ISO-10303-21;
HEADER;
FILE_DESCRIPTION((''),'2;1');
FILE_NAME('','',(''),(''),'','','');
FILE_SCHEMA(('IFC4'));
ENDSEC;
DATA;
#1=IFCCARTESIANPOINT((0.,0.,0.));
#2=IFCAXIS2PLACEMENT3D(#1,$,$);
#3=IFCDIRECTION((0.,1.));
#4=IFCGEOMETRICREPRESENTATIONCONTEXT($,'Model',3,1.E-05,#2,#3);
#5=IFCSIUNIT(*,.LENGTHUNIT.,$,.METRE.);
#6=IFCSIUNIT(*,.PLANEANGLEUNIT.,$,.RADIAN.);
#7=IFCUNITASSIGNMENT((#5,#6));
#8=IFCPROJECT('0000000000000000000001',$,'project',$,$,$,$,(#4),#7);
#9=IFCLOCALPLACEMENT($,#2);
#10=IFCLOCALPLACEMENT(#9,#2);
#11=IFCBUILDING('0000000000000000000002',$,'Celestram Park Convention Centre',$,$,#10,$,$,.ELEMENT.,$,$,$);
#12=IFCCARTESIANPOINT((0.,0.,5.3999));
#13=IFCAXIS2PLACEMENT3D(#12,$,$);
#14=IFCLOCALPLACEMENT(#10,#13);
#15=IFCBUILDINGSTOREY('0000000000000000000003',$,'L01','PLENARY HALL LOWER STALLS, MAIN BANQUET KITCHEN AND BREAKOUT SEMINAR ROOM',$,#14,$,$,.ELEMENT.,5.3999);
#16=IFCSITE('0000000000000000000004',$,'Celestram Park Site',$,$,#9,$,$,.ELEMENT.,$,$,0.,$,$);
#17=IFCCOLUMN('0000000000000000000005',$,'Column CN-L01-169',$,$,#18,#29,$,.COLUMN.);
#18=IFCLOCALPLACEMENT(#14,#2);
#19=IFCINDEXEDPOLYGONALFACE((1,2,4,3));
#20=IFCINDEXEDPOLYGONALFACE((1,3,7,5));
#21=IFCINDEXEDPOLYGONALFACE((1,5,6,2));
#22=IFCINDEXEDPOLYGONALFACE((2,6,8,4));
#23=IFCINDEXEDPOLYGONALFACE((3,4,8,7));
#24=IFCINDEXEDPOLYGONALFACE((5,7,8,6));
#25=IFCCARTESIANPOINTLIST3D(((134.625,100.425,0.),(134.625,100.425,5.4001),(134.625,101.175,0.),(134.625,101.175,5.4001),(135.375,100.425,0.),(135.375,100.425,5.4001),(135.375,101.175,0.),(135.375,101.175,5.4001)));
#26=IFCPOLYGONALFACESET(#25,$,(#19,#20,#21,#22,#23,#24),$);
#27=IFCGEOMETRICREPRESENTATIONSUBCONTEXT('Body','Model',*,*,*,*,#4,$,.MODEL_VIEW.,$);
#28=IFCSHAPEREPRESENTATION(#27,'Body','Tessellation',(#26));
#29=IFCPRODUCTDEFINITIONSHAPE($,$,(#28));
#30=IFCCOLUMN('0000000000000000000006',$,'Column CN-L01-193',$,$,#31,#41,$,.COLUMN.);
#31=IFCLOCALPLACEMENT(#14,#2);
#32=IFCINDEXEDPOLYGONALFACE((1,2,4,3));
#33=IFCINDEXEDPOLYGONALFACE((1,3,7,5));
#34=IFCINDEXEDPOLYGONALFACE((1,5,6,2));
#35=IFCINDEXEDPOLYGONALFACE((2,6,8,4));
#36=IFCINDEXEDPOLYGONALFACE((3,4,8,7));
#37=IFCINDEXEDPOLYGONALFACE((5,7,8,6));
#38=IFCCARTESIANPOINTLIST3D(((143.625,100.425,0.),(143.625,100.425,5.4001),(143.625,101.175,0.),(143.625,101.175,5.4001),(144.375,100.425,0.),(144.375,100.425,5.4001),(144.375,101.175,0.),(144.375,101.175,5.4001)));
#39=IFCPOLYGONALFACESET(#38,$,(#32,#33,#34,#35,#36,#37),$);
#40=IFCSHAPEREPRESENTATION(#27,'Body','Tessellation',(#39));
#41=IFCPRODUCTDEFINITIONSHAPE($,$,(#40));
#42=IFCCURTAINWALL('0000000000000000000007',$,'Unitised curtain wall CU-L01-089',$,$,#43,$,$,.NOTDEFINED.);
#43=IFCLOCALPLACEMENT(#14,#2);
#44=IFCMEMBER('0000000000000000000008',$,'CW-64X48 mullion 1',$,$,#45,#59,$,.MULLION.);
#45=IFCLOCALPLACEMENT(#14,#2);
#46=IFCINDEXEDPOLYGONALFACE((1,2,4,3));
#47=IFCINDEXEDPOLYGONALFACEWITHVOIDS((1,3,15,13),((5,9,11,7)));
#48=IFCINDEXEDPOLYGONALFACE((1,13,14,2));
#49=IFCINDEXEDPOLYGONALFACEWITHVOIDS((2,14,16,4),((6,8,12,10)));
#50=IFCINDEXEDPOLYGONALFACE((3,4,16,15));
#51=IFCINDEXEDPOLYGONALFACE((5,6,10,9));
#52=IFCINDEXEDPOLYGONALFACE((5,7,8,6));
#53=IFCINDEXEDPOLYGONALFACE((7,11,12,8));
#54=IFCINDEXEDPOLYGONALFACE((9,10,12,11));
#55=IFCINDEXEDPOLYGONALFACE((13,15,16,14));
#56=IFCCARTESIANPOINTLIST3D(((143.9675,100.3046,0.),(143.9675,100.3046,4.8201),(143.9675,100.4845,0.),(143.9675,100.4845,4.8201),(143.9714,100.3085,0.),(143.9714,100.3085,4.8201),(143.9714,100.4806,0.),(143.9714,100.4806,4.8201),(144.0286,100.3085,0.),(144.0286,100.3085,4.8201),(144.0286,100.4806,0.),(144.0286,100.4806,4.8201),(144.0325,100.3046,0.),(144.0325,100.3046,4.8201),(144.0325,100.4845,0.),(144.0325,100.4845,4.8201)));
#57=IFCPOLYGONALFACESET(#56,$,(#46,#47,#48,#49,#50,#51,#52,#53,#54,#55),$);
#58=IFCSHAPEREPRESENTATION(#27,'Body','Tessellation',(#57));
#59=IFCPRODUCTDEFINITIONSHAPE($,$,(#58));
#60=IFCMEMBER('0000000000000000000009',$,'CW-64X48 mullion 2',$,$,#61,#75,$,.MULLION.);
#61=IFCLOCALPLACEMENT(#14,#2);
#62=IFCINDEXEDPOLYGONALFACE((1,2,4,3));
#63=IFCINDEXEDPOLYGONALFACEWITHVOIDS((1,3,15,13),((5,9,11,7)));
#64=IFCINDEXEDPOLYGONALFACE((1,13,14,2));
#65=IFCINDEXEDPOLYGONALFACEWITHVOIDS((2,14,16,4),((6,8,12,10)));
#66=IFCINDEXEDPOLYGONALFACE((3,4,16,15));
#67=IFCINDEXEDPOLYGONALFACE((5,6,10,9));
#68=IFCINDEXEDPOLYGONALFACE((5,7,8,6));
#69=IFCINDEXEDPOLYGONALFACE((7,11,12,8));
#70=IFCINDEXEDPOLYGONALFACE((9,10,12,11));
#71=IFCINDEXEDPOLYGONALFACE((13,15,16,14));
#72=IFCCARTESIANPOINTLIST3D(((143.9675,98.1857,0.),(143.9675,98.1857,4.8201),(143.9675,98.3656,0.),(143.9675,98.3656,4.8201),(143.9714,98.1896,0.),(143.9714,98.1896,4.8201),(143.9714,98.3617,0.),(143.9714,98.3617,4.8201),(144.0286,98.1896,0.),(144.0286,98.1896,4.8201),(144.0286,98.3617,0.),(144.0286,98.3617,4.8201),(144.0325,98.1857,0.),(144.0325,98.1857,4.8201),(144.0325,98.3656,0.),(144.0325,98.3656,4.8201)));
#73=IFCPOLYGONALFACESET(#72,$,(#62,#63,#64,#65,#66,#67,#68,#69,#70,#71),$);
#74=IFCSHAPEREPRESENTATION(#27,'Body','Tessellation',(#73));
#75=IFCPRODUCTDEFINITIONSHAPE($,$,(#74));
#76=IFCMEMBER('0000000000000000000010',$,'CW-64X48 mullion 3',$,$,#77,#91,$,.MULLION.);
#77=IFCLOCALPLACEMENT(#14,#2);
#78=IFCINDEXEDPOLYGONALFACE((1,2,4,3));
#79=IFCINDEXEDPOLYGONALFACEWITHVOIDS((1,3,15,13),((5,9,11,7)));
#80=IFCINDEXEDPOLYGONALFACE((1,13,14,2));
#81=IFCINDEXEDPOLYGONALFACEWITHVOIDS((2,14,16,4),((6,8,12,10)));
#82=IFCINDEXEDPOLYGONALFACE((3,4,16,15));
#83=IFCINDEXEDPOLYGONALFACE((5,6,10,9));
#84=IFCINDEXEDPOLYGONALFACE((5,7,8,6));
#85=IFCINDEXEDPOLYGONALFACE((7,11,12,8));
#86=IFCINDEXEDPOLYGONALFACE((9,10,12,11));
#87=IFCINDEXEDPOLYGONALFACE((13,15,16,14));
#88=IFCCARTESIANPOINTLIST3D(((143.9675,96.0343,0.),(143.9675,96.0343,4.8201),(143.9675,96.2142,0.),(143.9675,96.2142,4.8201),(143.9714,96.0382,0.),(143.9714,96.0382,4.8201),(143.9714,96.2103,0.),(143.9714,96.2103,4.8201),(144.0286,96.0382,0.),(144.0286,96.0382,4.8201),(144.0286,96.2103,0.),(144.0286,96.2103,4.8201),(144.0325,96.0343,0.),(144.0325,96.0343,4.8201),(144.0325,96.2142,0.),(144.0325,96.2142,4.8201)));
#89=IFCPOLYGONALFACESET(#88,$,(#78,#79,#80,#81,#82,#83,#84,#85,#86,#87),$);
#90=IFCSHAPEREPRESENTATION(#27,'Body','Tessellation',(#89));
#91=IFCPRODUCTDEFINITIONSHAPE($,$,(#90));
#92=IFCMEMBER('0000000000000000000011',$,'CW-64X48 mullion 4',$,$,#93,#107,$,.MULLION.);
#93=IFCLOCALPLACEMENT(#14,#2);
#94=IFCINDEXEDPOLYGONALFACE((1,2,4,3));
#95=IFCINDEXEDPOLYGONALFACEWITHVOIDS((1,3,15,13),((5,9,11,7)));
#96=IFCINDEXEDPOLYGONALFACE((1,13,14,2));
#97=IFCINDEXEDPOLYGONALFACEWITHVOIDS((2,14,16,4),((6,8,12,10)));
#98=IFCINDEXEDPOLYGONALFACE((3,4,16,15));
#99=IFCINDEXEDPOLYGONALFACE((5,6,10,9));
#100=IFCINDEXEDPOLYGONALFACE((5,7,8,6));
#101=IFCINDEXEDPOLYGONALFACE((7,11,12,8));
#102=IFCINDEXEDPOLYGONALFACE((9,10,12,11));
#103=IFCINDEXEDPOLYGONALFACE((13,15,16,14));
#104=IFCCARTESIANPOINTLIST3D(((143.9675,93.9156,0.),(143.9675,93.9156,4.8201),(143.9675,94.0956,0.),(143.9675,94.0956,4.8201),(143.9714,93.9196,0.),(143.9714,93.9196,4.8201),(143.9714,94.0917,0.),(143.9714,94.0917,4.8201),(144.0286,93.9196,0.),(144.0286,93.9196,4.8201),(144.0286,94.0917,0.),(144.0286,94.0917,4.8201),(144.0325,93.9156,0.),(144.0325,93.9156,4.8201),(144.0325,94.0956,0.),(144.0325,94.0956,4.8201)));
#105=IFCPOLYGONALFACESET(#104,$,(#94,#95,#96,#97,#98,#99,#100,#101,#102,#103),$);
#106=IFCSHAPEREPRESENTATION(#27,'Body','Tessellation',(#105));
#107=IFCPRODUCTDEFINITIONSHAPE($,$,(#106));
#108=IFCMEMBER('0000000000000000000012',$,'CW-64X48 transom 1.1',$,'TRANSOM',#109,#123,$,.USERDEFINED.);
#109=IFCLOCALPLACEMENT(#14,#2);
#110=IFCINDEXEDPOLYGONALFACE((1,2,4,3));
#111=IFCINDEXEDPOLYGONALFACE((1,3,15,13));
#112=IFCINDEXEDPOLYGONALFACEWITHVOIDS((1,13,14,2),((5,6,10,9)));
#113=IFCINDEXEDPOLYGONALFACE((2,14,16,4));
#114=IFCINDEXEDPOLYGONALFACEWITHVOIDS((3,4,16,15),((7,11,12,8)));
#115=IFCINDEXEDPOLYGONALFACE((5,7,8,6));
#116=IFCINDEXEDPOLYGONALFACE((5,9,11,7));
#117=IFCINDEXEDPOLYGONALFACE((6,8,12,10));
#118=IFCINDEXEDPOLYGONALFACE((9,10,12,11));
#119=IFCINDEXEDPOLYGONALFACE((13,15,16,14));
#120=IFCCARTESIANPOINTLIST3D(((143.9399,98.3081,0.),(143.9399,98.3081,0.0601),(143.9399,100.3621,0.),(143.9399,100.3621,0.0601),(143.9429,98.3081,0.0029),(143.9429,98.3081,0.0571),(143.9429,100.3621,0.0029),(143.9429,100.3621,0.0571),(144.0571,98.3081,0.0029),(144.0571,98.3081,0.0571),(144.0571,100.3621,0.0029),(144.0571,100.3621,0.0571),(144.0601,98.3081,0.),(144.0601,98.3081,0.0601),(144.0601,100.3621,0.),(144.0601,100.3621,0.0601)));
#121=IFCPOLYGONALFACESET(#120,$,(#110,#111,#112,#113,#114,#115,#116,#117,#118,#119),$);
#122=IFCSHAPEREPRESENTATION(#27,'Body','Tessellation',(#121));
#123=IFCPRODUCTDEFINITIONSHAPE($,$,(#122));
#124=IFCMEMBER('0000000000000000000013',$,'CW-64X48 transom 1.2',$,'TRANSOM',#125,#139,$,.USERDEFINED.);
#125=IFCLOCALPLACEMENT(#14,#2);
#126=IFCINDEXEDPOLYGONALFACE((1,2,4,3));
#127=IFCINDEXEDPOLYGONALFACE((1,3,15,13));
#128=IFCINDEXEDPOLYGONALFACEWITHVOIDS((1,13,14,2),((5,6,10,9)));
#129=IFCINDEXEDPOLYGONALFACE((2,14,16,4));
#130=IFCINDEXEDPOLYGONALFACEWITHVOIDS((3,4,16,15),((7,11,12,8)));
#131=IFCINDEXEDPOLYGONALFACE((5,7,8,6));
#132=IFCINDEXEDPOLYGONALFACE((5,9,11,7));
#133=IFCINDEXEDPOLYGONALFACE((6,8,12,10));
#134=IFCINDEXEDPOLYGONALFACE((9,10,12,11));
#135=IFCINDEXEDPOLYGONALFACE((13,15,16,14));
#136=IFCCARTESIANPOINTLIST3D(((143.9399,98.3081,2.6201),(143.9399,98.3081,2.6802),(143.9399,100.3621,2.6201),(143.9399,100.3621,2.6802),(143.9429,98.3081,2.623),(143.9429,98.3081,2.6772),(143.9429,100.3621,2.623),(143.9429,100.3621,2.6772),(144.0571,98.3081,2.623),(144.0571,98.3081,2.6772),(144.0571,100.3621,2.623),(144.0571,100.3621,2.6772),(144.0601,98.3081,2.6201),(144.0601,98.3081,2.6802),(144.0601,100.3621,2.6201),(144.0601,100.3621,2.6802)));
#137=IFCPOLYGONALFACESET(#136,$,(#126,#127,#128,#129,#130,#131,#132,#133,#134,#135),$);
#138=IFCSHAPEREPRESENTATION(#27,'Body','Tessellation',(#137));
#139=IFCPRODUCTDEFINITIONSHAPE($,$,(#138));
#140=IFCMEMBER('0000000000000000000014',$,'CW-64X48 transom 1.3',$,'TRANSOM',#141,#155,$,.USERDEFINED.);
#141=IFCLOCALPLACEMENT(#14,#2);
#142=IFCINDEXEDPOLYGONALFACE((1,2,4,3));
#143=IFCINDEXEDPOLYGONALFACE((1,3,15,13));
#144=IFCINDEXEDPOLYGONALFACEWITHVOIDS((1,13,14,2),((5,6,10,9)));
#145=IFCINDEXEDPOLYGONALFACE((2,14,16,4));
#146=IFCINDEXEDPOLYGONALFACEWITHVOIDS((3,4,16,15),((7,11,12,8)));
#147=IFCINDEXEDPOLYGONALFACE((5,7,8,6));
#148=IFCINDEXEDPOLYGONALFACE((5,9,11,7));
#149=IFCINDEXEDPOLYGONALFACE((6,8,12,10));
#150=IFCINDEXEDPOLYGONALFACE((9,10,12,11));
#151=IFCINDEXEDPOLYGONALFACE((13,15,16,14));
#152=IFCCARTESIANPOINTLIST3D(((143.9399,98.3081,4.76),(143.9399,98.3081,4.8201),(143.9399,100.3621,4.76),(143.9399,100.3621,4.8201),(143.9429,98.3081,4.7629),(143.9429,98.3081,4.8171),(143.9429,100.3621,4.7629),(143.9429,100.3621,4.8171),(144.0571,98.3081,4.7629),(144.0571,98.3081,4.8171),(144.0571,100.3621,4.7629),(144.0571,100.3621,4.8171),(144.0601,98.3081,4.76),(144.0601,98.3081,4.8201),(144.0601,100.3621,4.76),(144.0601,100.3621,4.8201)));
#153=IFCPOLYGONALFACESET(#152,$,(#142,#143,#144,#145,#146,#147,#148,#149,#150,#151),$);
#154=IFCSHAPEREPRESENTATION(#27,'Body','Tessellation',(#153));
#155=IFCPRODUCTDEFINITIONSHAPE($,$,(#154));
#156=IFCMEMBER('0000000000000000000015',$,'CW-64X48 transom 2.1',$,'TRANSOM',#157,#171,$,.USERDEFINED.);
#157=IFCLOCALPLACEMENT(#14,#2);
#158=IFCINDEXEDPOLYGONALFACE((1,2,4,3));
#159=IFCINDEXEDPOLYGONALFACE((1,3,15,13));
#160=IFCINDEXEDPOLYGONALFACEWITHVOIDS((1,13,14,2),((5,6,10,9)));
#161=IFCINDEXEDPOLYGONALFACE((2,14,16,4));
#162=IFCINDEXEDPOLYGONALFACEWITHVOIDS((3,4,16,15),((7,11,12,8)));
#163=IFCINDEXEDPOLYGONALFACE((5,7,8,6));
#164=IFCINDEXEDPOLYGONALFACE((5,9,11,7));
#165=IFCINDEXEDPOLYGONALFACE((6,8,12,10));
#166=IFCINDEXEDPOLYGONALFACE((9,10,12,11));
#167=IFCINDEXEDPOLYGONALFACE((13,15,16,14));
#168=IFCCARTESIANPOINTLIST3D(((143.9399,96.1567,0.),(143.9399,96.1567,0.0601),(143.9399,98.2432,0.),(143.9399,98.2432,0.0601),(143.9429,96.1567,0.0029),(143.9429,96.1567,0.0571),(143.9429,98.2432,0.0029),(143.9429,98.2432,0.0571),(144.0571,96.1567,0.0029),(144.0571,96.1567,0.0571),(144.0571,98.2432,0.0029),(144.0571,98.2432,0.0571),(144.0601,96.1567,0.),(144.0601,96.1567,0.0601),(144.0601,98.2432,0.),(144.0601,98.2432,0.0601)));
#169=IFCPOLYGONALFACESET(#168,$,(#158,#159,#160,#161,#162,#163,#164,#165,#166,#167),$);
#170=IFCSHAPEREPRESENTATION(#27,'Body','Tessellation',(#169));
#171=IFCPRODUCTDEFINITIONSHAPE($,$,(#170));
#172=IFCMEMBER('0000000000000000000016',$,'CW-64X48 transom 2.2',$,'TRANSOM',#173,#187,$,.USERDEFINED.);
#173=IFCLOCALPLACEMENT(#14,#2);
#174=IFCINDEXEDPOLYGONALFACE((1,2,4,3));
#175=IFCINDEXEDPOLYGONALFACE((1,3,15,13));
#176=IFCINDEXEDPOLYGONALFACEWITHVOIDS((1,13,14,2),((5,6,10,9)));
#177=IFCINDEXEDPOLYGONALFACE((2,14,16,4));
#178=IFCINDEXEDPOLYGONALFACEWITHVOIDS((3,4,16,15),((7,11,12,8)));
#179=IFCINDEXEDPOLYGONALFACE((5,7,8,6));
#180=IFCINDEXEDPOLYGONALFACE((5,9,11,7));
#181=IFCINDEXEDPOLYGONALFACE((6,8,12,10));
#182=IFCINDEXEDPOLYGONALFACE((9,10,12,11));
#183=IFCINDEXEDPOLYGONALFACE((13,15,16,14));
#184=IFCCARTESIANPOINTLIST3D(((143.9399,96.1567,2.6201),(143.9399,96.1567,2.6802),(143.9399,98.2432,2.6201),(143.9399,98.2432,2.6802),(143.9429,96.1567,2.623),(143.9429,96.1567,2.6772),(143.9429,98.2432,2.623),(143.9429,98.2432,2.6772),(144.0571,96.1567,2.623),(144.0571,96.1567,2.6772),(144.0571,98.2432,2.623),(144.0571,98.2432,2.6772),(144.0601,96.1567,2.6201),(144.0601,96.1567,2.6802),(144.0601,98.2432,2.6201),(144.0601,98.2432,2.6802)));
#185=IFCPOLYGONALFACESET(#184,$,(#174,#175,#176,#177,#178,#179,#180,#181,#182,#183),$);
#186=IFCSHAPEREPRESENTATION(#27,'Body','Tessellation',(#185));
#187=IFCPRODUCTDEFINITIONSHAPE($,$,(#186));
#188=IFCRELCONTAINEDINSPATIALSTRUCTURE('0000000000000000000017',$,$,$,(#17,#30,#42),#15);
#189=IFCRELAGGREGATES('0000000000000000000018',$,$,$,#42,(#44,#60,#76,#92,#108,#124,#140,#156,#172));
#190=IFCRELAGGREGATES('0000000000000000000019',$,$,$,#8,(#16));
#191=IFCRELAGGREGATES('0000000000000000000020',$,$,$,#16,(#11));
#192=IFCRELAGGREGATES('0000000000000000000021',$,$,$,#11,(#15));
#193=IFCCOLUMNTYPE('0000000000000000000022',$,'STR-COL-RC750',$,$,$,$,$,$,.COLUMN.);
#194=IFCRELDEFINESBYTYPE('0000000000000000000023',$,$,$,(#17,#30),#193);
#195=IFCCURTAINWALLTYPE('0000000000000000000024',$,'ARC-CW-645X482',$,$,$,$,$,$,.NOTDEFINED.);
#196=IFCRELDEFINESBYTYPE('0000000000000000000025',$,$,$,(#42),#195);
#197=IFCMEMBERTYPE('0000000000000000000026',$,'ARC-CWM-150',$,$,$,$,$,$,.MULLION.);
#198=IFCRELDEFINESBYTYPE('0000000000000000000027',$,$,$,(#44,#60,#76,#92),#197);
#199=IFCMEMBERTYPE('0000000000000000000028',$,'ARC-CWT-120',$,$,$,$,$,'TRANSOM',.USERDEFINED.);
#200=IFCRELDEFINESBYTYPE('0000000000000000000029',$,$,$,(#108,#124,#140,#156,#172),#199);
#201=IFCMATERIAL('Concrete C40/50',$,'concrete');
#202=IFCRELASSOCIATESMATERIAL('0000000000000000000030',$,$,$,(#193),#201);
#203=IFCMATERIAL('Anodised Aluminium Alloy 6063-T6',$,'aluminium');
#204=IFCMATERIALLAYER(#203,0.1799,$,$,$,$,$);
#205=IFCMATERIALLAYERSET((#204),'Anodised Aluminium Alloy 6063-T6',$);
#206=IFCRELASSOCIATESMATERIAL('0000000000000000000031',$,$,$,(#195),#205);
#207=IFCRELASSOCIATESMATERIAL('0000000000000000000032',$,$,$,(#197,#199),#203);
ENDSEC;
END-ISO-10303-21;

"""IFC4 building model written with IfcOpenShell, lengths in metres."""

from ifc_helpers import new_model, si_unit, direction, frame, origin, origin_2d, place, context, subcontext, project, spatial, rectangle, hollow_rectangle, extrude, material, layer, layer_set, material_profile, profile_set, type_object, element, aggregate, save


model = new_model("IFC4")

# Units and contexts
model_context = context("Model", 3, precision=1e-05, world=origin(), true_north=direction((0.0, 1.0)))
body_context = subcontext(model_context, "Body", "Model", "MODEL_VIEW")
ifc_project = project(units=[si_unit("LENGTHUNIT", "METRE"), si_unit("PLANEANGLEUNIT", "RADIAN")], contexts=[model_context])

# Site, building, storey
site_placement = place(None, origin())
site = spatial("IfcSite", under=ifc_project, at=site_placement, Name="Celestram Park Site", CompositionType="ELEMENT", RefElevation=0.0)
building_placement = place(site_placement, origin())
building = spatial("IfcBuilding", under=site, at=building_placement, Name="Celestram Park Convention Centre", CompositionType="ELEMENT")
storey_placement = place(building_placement, frame((0.0, 0.0, 5.3999)))
storey = spatial("IfcBuildingStorey", under=building, at=storey_placement, Name="L01", Description="PLENARY HALL LOWER STALLS, MAIN BANQUET KITCHEN AND BREAKOUT SEMINAR ROOM", CompositionType="ELEMENT", Elevation=5.3999)

# Columns
ifc_material_1 = material(Name="Concrete C40/50", Category="concrete")
ifc_material_profile_1 = material_profile(ifc_material_1, rectangle(XDim=0.75, YDim=0.75, at=origin_2d()), Name="RC750X750")
ifc_profile_set_1 = profile_set([ifc_material_profile_1], Name="Concrete C40/50")
column_type = type_object("IfcColumnType", Name="STR-COL-RC750", PredefinedType="COLUMN", material=ifc_profile_set_1)
for number, where, z_axis, x_axis, name in (
    (1, (135.0, 100.8, 0.0), (0.0, 0.0, 1.0), (1.0, 0.0, 0.0), "Column CN-L01-169"),
    (2, (144.0, 100.8, 0.0), (0.0, 0.0, 1.0), (1.0, 0.0, 0.0), "Column CN-L01-193"),
):
    element("IfcColumn", number, at=place(storey_placement, frame(where, z_axis=z_axis, x_axis=x_axis)), inside=storey, type_object=column_type, Name=name, PredefinedType="COLUMN", context=body_context, shape_type="SweptSolid", body=[
        extrude(rectangle(XDim=0.75, YDim=0.75, at=origin_2d()), origin(), (0.0, 0.0, 1.0), 5.4001),
    ])

# Curtain wall, members
ifc_material_2 = material(Name="Anodised Aluminium Alloy 6063-T6", Category="aluminium")
ifc_layer_1 = layer(ifc_material_2, 0.1799)
ifc_layer_set_1 = layer_set([ifc_layer_1], Name="Anodised Aluminium Alloy 6063-T6")
curtain_wall_type = type_object("IfcCurtainWallType", Name="ARC-CW-645X482", PredefinedType="NOTDEFINED", material=ifc_layer_set_1)
curtain_wall_placement = place(storey_placement, origin())
curtain_wall = element("IfcCurtainWall", 3, at=curtain_wall_placement, inside=storey, type_object=curtain_wall_type, Name="Unitised curtain wall CU-L01-089", PredefinedType="NOTDEFINED")
ifc_material_profile_2 = material_profile(ifc_material_2, hollow_rectangle(XDim=0.0649, YDim=0.1799, WallThickness=0.0039, at=origin_2d()), Name="ALU65X180X4")
ifc_profile_set_2 = profile_set([ifc_material_profile_2], Name="Anodised Aluminium Alloy 6063-T6")
member_type_1 = type_object("IfcMemberType", Name="ARC-CWM-150", PredefinedType="MULLION", material=ifc_profile_set_2)
member_1_placement = place(storey_placement, frame((144.0, 100.3945, 0.0), z_axis=(0.0, 0.0, 1.0), x_axis=(1.0, 0.0, 0.0)))
member_1 = element("IfcMember", 4, at=member_1_placement, type_object=member_type_1, Name="CW-64X48 mullion 1", PredefinedType="MULLION", context=body_context, shape_type="SweptSolid", body=[
    extrude(hollow_rectangle(XDim=0.0649, YDim=0.1799, WallThickness=0.0039, at=origin_2d()), origin(), (0.0, 0.0, 1.0), 4.8201),
])
member_2_placement = place(storey_placement, frame((144.0, 98.2756, 0.0), z_axis=(0.0, 0.0, 1.0), x_axis=(1.0, 0.0, 0.0)))
member_2 = element("IfcMember", 5, at=member_2_placement, type_object=member_type_1, Name="CW-64X48 mullion 2", PredefinedType="MULLION", context=body_context, shape_type="SweptSolid", body=[
    extrude(hollow_rectangle(XDim=0.0649, YDim=0.1799, WallThickness=0.0039, at=origin_2d()), origin(), (0.0, 0.0, 1.0), 4.8201),
])
member_3_placement = place(storey_placement, frame((144.0, 96.1243, 0.0), z_axis=(0.0, 0.0, 1.0), x_axis=(1.0, 0.0, 0.0)))
member_3 = element("IfcMember", 6, at=member_3_placement, type_object=member_type_1, Name="CW-64X48 mullion 3", PredefinedType="MULLION", context=body_context, shape_type="SweptSolid", body=[
    extrude(hollow_rectangle(XDim=0.0649, YDim=0.1799, WallThickness=0.0039, at=origin_2d()), origin(), (0.0, 0.0, 1.0), 4.8201),
])
member_4_placement = place(storey_placement, frame((144.0, 94.0056, 0.0), z_axis=(0.0, 0.0, 1.0), x_axis=(1.0, 0.0, 0.0)))
member_4 = element("IfcMember", 7, at=member_4_placement, type_object=member_type_1, Name="CW-64X48 mullion 4", PredefinedType="MULLION", context=body_context, shape_type="SweptSolid", body=[
    extrude(hollow_rectangle(XDim=0.0649, YDim=0.1799, WallThickness=0.0039, at=origin_2d()), origin(), (0.0, 0.0, 1.0), 4.8201),
])
ifc_material_profile_3 = material_profile(ifc_material_2, hollow_rectangle(XDim=0.1201, YDim=0.0601, WallThickness=0.0029, at=origin_2d()), Name="ALU120X60X3")
ifc_profile_set_3 = profile_set([ifc_material_profile_3], Name="Anodised Aluminium Alloy 6063-T6")
member_type_2 = type_object("IfcMemberType", Name="ARC-CWT-120", ElementType="TRANSOM", PredefinedType="USERDEFINED", material=ifc_profile_set_3)
member_5_placement = place(storey_placement, frame((144.0, 100.3621, 0.03), z_axis=(0.0, -1.0, 0.0), x_axis=(1.0, 0.0, 0.0)))
member_5 = element("IfcMember", 8, at=member_5_placement, type_object=member_type_2, Name="CW-64X48 transom 1.1", ObjectType="TRANSOM", PredefinedType="USERDEFINED", context=body_context, shape_type="SweptSolid", body=[
    extrude(hollow_rectangle(XDim=0.1201, YDim=0.0601, WallThickness=0.0029, at=origin_2d()), origin(), (0.0, 0.0, 1.0), 2.054),
])
member_6_placement = place(storey_placement, frame((144.0, 100.3621, 2.6501), z_axis=(0.0, -1.0, 0.0), x_axis=(1.0, 0.0, 0.0)))
member_6 = element("IfcMember", 9, at=member_6_placement, type_object=member_type_2, Name="CW-64X48 transom 1.2", ObjectType="TRANSOM", PredefinedType="USERDEFINED", context=body_context, shape_type="SweptSolid", body=[
    extrude(hollow_rectangle(XDim=0.1201, YDim=0.0601, WallThickness=0.0029, at=origin_2d()), origin(), (0.0, 0.0, 1.0), 2.054),
])
member_7_placement = place(storey_placement, frame((144.0, 100.3621, 4.79), z_axis=(0.0, -1.0, 0.0), x_axis=(1.0, 0.0, 0.0)))
member_7 = element("IfcMember", 10, at=member_7_placement, type_object=member_type_2, Name="CW-64X48 transom 1.3", ObjectType="TRANSOM", PredefinedType="USERDEFINED", context=body_context, shape_type="SweptSolid", body=[
    extrude(hollow_rectangle(XDim=0.1201, YDim=0.0601, WallThickness=0.0029, at=origin_2d()), origin(), (0.0, 0.0, 1.0), 2.054),
])
member_8_placement = place(storey_placement, frame((144.0, 98.2432, 0.03), z_axis=(0.0, -1.0, 0.0), x_axis=(1.0, 0.0, 0.0)))
member_8 = element("IfcMember", 11, at=member_8_placement, type_object=member_type_2, Name="CW-64X48 transom 2.1", ObjectType="TRANSOM", PredefinedType="USERDEFINED", context=body_context, shape_type="SweptSolid", body=[
    extrude(hollow_rectangle(XDim=0.1201, YDim=0.0601, WallThickness=0.0029, at=origin_2d()), origin(), (0.0, 0.0, 1.0), 2.0864),
])
member_9_placement = place(storey_placement, frame((144.0, 98.2432, 2.6501), z_axis=(0.0, -1.0, 0.0), x_axis=(1.0, 0.0, 0.0)))
member_9 = element("IfcMember", 12, at=member_9_placement, type_object=member_type_2, Name="CW-64X48 transom 2.2", ObjectType="TRANSOM", PredefinedType="USERDEFINED", context=body_context, shape_type="SweptSolid", body=[
    extrude(hollow_rectangle(XDim=0.1201, YDim=0.0601, WallThickness=0.0029, at=origin_2d()), origin(), (0.0, 0.0, 1.0), 2.0864),
])

aggregate(curtain_wall, [member_1, member_2, member_3, member_4, member_5, member_6, member_7, member_8, member_9])

save(model, "model.ifc")
